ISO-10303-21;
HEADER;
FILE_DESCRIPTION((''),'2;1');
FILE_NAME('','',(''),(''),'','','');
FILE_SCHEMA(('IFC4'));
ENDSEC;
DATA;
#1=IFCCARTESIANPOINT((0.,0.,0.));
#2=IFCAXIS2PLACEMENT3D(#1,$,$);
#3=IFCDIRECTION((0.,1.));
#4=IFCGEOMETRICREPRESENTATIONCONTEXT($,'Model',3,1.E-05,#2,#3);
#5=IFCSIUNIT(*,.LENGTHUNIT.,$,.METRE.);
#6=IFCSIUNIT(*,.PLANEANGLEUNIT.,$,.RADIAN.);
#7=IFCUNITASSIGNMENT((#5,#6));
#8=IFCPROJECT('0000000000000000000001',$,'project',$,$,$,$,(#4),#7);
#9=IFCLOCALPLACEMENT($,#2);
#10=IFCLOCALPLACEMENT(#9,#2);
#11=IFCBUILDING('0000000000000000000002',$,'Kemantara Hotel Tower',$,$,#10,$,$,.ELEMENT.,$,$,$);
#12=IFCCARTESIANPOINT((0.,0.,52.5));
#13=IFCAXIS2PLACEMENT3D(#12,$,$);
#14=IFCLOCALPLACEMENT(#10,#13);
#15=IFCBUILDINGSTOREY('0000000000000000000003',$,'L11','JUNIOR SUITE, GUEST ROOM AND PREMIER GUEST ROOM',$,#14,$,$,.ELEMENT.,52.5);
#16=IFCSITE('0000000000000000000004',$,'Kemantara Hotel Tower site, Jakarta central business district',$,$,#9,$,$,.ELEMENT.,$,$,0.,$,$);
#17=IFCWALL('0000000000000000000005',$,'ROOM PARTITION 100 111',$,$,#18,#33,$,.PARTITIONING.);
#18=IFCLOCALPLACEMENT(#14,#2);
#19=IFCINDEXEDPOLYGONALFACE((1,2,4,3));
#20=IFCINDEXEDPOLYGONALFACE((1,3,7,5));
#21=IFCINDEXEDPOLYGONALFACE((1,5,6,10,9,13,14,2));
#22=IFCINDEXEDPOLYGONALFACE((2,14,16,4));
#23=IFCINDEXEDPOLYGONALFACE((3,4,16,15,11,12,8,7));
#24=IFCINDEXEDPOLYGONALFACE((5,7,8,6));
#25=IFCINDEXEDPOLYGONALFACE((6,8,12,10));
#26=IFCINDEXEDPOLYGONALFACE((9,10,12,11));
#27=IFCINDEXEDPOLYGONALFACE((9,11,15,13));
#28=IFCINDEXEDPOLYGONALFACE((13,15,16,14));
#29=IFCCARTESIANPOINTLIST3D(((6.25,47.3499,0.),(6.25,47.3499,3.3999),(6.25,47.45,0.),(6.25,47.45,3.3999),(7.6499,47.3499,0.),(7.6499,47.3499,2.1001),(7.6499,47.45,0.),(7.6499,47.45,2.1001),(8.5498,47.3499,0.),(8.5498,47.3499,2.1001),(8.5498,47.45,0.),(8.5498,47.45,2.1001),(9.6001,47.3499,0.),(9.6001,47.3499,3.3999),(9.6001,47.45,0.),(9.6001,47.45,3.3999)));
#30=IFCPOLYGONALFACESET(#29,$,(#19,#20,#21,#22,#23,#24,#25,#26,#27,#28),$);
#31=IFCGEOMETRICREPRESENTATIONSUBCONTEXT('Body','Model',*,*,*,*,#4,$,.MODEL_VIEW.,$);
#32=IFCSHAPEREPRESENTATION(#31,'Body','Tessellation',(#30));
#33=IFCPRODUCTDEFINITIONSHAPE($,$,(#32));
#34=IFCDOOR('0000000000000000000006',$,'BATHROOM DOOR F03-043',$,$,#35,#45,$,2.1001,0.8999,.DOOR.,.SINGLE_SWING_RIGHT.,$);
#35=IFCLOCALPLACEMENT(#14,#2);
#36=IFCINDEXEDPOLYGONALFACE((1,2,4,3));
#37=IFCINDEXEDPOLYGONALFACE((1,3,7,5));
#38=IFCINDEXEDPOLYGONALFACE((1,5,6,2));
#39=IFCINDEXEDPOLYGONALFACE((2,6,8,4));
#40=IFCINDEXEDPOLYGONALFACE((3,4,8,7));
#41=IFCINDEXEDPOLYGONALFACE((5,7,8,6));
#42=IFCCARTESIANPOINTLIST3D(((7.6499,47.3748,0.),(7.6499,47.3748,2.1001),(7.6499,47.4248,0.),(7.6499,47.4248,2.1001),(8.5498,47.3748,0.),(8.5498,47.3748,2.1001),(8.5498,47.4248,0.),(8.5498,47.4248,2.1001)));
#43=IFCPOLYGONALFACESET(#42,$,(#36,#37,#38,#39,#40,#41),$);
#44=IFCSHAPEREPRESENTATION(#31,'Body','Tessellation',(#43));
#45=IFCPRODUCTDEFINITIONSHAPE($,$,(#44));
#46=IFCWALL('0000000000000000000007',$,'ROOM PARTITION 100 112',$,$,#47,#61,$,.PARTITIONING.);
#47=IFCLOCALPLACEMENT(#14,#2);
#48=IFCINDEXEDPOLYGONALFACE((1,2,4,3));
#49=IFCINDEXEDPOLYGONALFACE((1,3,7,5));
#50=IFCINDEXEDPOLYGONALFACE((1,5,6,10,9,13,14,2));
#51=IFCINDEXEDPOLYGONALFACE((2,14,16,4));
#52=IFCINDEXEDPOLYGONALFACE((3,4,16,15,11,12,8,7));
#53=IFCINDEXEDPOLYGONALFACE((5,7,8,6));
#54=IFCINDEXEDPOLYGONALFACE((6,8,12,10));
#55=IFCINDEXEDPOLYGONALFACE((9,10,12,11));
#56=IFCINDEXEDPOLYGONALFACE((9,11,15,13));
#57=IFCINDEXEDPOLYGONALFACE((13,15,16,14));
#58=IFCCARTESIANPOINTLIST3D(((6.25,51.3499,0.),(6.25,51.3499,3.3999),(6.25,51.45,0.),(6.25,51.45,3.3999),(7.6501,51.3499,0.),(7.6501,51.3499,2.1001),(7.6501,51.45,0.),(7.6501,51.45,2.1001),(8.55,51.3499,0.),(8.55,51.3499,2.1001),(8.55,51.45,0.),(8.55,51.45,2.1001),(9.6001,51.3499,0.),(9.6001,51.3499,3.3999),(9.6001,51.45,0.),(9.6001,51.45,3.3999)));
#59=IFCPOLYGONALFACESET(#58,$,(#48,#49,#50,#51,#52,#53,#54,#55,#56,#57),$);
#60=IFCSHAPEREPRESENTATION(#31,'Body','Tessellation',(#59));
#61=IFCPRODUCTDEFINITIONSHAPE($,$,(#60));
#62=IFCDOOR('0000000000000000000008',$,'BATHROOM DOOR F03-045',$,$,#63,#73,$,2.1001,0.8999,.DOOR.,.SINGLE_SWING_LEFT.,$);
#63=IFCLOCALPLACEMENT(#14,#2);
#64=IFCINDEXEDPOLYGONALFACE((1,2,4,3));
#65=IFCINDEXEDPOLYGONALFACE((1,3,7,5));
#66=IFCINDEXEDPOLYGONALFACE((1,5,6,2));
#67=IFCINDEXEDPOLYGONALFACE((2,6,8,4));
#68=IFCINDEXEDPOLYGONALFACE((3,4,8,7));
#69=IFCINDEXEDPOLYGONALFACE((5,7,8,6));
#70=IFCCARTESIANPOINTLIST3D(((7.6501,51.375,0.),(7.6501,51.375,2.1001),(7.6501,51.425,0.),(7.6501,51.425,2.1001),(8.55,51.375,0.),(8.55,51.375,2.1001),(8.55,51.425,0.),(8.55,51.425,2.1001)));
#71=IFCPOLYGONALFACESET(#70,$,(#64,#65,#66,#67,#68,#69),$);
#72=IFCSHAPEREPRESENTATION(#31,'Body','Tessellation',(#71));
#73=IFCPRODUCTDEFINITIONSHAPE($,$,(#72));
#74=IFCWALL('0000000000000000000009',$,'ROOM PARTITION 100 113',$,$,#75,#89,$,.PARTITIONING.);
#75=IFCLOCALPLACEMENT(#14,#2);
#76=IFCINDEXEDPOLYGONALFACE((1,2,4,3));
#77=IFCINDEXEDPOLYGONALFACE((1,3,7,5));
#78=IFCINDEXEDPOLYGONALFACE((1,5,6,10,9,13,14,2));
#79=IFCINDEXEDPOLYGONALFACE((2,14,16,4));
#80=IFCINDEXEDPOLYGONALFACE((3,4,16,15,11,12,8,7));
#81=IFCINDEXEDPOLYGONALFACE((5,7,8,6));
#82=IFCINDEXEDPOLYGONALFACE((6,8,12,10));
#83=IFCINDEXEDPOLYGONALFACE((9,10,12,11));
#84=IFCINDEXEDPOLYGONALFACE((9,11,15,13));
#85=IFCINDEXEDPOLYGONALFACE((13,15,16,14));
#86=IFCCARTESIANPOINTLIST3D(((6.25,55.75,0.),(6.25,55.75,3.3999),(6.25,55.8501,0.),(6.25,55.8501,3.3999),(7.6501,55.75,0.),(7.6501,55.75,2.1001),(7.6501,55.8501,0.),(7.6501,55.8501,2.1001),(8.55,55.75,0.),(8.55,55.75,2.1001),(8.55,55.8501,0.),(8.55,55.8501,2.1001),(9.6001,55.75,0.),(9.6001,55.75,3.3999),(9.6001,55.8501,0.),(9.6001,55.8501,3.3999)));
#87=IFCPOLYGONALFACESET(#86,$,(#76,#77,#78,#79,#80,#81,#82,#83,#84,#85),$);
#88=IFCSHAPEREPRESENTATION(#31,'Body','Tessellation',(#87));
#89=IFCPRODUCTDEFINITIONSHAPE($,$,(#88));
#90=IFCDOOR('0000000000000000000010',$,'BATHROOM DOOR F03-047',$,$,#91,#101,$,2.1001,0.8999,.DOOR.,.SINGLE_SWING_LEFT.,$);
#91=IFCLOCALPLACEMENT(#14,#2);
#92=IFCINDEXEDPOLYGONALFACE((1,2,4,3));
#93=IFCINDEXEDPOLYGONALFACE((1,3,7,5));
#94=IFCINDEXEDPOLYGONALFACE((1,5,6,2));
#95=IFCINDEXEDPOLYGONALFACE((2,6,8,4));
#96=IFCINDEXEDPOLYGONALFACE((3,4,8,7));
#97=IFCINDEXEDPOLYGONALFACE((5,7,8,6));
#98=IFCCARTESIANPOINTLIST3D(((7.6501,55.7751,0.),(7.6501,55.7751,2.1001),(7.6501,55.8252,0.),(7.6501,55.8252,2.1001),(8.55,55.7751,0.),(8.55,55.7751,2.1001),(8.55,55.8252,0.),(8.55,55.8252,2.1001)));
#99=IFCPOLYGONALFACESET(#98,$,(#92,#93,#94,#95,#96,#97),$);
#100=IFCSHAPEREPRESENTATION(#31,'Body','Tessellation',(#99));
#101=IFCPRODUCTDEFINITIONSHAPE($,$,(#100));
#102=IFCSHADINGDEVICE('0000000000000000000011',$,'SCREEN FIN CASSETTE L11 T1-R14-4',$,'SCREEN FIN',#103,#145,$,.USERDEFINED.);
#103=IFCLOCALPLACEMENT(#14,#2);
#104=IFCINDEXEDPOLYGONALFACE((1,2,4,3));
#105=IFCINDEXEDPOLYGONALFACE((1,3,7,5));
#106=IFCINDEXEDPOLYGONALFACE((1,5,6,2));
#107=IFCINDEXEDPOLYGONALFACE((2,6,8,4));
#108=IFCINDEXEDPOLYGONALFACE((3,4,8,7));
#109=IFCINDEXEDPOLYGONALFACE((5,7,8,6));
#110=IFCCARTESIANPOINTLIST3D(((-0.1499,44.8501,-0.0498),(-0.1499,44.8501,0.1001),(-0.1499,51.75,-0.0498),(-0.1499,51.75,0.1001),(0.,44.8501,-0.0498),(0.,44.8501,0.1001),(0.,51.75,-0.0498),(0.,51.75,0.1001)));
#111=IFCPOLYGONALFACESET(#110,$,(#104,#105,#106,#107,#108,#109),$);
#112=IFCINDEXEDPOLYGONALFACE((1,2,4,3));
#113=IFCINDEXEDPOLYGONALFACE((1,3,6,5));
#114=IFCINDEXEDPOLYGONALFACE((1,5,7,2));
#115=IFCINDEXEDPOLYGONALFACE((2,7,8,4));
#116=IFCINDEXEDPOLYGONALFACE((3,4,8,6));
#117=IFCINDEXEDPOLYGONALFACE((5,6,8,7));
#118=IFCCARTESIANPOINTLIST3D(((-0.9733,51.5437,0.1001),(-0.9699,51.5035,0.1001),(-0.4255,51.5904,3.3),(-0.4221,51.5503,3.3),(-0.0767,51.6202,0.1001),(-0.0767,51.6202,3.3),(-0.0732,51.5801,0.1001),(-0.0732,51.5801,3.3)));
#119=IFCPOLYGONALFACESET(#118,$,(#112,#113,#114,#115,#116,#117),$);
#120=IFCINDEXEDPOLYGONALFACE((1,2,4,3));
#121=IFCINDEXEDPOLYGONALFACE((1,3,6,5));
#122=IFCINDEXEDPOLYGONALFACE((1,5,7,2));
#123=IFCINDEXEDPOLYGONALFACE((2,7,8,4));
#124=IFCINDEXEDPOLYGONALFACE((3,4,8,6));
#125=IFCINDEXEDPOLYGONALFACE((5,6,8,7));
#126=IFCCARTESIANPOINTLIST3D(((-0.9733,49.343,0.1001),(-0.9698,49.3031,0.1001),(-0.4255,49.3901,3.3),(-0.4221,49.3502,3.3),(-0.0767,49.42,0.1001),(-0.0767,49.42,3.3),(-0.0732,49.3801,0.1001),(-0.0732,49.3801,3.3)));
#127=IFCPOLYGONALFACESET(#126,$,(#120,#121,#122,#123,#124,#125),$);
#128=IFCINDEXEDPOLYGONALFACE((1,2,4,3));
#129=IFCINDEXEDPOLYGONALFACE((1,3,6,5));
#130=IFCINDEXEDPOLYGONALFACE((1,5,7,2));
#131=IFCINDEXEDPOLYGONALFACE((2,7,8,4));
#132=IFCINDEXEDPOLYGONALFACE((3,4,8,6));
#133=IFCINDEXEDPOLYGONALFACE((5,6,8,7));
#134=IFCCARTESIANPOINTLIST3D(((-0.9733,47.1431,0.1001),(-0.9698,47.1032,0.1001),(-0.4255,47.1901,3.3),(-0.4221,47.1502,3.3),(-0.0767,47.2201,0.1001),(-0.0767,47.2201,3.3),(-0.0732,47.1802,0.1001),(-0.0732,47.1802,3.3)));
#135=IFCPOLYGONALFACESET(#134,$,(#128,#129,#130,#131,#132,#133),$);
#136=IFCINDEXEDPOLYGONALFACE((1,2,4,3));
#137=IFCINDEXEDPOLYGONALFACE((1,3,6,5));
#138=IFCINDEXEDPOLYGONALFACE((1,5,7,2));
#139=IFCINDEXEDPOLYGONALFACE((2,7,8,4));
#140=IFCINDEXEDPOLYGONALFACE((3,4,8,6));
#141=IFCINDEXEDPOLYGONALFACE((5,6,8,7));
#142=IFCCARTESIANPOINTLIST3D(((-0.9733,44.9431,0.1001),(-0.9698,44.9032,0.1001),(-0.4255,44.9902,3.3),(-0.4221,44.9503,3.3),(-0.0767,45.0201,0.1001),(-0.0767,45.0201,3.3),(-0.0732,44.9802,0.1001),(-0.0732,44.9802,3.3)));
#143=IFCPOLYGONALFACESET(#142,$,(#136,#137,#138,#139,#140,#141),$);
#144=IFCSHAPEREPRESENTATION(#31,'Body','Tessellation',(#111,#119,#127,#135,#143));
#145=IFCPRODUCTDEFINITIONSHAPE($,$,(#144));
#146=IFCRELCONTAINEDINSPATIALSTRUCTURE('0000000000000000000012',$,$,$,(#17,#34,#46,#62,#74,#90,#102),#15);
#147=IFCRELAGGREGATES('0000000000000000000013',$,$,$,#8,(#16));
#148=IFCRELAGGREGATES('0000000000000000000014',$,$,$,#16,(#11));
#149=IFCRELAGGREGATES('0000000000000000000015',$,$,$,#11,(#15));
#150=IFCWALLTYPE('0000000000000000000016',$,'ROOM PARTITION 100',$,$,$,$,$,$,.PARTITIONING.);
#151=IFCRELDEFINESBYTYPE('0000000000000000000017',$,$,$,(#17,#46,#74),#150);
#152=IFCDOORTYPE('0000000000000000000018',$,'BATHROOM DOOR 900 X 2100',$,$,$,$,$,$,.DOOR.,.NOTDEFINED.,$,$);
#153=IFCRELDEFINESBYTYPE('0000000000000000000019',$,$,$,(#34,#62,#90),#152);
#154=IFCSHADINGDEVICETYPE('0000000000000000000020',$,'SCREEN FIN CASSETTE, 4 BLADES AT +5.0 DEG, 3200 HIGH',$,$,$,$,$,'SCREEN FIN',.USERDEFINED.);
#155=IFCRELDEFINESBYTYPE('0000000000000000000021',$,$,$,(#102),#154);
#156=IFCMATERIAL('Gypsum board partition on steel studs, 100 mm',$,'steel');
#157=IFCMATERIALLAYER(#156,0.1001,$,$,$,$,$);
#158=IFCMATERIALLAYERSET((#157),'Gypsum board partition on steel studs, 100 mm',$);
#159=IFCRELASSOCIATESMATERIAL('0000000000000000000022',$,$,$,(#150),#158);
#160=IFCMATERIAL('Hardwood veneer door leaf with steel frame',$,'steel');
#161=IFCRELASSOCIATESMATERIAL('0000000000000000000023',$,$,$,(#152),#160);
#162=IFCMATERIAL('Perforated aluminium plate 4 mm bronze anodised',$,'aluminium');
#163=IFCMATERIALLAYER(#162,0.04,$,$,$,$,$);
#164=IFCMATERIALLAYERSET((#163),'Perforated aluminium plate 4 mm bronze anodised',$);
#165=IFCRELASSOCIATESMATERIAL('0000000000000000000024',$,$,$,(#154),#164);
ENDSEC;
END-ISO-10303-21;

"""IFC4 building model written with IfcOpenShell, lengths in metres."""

from ifc_helpers import new_model, si_unit, direction, frame, frame_2d, origin, origin_2d, place, context, subcontext, project, spatial, polyline, rectangle, outline, extrude, source, transform, mapped, material, layer, layer_set, type_object, element, fill, save


model = new_model("IFC4")

# Units and contexts
model_context = context("Model", 3, precision=1e-05, world=origin(), true_north=direction((0.0, 1.0)))
body_context = subcontext(model_context, "Body", "Model", "MODEL_VIEW")
ifc_project = project(units=[si_unit("LENGTHUNIT", "METRE"), si_unit("PLANEANGLEUNIT", "RADIAN")], contexts=[model_context])

# Site, building, storey
site_placement = place(None, origin())
site = spatial("IfcSite", under=ifc_project, at=site_placement, Name="Kemantara Hotel Tower site, Jakarta central business district", CompositionType="ELEMENT", RefElevation=0.0)
building_placement = place(site_placement, origin())
building = spatial("IfcBuilding", under=site, at=building_placement, Name="Kemantara Hotel Tower", CompositionType="ELEMENT")
storey_placement = place(building_placement, frame((0.0, 0.0, 52.5)))
storey = spatial("IfcBuildingStorey", under=building, at=storey_placement, Name="L11", Description="JUNIOR SUITE, GUEST ROOM AND PREMIER GUEST ROOM", CompositionType="ELEMENT", Elevation=52.5)

# Shared definitions
ifc_material_1 = material(Name="Hardwood veneer door leaf with steel frame", Category="steel")

# Shared definitions
ifc_material_2 = material(Name="Gypsum board partition on steel studs, 100 mm", Category="steel")
ifc_layer_1 = layer(ifc_material_2, 0.1001)
ifc_layer_set_1 = layer_set([ifc_layer_1], Name="Gypsum board partition on steel studs, 100 mm")
wall_type_1 = type_object("IfcWallType", Name="ROOM PARTITION 100", PredefinedType="PARTITIONING", material=ifc_layer_set_1)

# Walls, openings, doors
wall_1_placement = place(storey_placement, frame((6.25, 47.3999, 0.0), z_axis=(0.0, 0.0, 1.0), x_axis=(1.0, 0.0, 0.0)))
wall_1 = element("IfcWall", 1, at=wall_1_placement, inside=storey, type_object=wall_type_1, Name="ROOM PARTITION 100 111", PredefinedType="PARTITIONING", context=body_context, shape_type="SweptSolid", body=[
    extrude(rectangle(XDim=3.3501, YDim=0.1001, at=frame_2d((1.675, 0.0))), origin(), (0.0, 0.0, 1.0), 3.3999),
])
opening_1_placement = place(wall_1_placement, frame((1.3999, 0.0, 0.0)))
opening_1 = element("IfcOpeningElement", 2, at=opening_1_placement, cuts=wall_1, PredefinedType="OPENING", context=body_context, shape_type="SweptSolid", body=[
    extrude(rectangle(XDim=0.8999, YDim=2.1001, at=frame_2d((0.45, 1.05))), frame((0.0, 0.0601, 0.0), z_axis=(0.0, -1.0, 0.0), x_axis=(1.0, 0.0, 0.0)), (0.0, 0.0, 1.0), 0.1201),
])
door_type_1 = type_object("IfcDoorType", Name="BATHROOM DOOR 900 X 2100", OperationType="NOTDEFINED", PredefinedType="DOOR", material=ifc_material_1)
door_1_placement = place(opening_1_placement, origin())
door_1 = element("IfcDoor", 3, at=door_1_placement, inside=storey, type_object=door_type_1, Name="BATHROOM DOOR F03-043", OperationType="SINGLE_SWING_RIGHT", OverallHeight=2.1001, OverallWidth=0.8999, PredefinedType="DOOR", context=body_context, shape_type="SweptSolid", body=[
    extrude(rectangle(XDim=0.8999, YDim=2.1001, at=frame_2d((0.45, 1.05))), frame((0.0, 0.0249, 0.0), z_axis=(0.0, -1.0, 0.0), x_axis=(1.0, 0.0, 0.0)), (0.0, 0.0, 1.0), 0.05),
])
fill(opening_1, door_1)
wall_2_placement = place(storey_placement, frame((9.6001, 51.3999, 0.0), z_axis=(0.0, 0.0, 1.0), x_axis=(-1.0, 0.0, 0.0)))
wall_2 = element("IfcWall", 4, at=wall_2_placement, inside=storey, type_object=wall_type_1, Name="ROOM PARTITION 100 112", PredefinedType="PARTITIONING", context=body_context, shape_type="SweptSolid", body=[
    extrude(rectangle(XDim=3.3501, YDim=0.1001, at=frame_2d((1.675, 0.0))), origin(), (0.0, 0.0, 1.0), 3.3999),
])
opening_2_placement = place(wall_2_placement, frame((1.05, 0.0, 0.0)))
opening_2 = element("IfcOpeningElement", 5, at=opening_2_placement, cuts=wall_2, PredefinedType="OPENING", context=body_context, shape_type="SweptSolid", body=[
    extrude(rectangle(XDim=0.8999, YDim=2.1001, at=frame_2d((0.45, 1.05))), frame((0.0, 0.0601, 0.0), z_axis=(0.0, -1.0, 0.0), x_axis=(1.0, 0.0, 0.0)), (0.0, 0.0, 1.0), 0.1201),
])
door_2_placement = place(opening_2_placement, origin())
door_2 = element("IfcDoor", 6, at=door_2_placement, inside=storey, type_object=door_type_1, Name="BATHROOM DOOR F03-045", OperationType="SINGLE_SWING_LEFT", OverallHeight=2.1001, OverallWidth=0.8999, PredefinedType="DOOR", context=body_context, shape_type="SweptSolid", body=[
    extrude(rectangle(XDim=0.8999, YDim=2.1001, at=frame_2d((0.45, 1.05))), frame((0.0, 0.0249, 0.0), z_axis=(0.0, -1.0, 0.0), x_axis=(1.0, 0.0, 0.0)), (0.0, 0.0, 1.0), 0.05),
])
fill(opening_2, door_2)
wall_3_placement = place(storey_placement, frame((9.6001, 55.8, 0.0), z_axis=(0.0, 0.0, 1.0), x_axis=(-1.0, 0.0, 0.0)))
wall_3 = element("IfcWall", 7, at=wall_3_placement, inside=storey, type_object=wall_type_1, Name="ROOM PARTITION 100 113", PredefinedType="PARTITIONING", context=body_context, shape_type="SweptSolid", body=[
    extrude(rectangle(XDim=3.3501, YDim=0.1001, at=frame_2d((1.675, 0.0))), origin(), (0.0, 0.0, 1.0), 3.3999),
])
opening_3_placement = place(wall_3_placement, frame((1.05, 0.0, 0.0)))
opening_3 = element("IfcOpeningElement", 8, at=opening_3_placement, cuts=wall_3, PredefinedType="OPENING", context=body_context, shape_type="SweptSolid", body=[
    extrude(rectangle(XDim=0.8999, YDim=2.1001, at=frame_2d((0.45, 1.05))), frame((0.0, 0.0601, 0.0), z_axis=(0.0, -1.0, 0.0), x_axis=(1.0, 0.0, 0.0)), (0.0, 0.0, 1.0), 0.1201),
])
door_3_placement = place(opening_3_placement, origin())
door_3 = element("IfcDoor", 9, at=door_3_placement, inside=storey, type_object=door_type_1, Name="BATHROOM DOOR F03-047", OperationType="SINGLE_SWING_LEFT", OverallHeight=2.1001, OverallWidth=0.8999, PredefinedType="DOOR", context=body_context, shape_type="SweptSolid", body=[
    extrude(rectangle(XDim=0.8999, YDim=2.1001, at=frame_2d((0.45, 1.05))), frame((0.0, 0.0249, 0.0), z_axis=(0.0, -1.0, 0.0), x_axis=(1.0, 0.0, 0.0)), (0.0, 0.0, 1.0), 0.05),
])
fill(opening_3, door_3)

# Shading device
ifc_material_3 = material(Name="Perforated aluminium plate 4 mm bronze anodised", Category="aluminium")
ifc_layer_2 = layer(ifc_material_3, 0.04)
ifc_layer_set_2 = layer_set([ifc_layer_2], Name="Perforated aluminium plate 4 mm bronze anodised")
shading_device_type = type_object("IfcShadingDeviceType", Name="SCREEN FIN CASSETTE, 4 BLADES AT +5.0 DEG, 3200 HIGH", ElementType="SCREEN FIN", PredefinedType="USERDEFINED", material=ifc_layer_set_2)
shared_shape = source(origin(), body_context, "Body", "SweptSolid", [
    extrude(rectangle(XDim=6.8999, YDim=0.1499, at=origin_2d()), frame((3.3, -0.075, -0.1499), z_axis=(0.0, 0.0, 1.0), x_axis=(1.0, 0.0, 0.0)), (0.0, 0.0, 1.0), 0.1499),
    extrude(outline(polyline([(0.0, 0.0), (0.8999, 0.0), (0.3501, 3.2), (0.0, 3.2), (0.0, 0.0)])), frame((0.02, -0.0732, 0.0), z_axis=(-0.996376, -0.085056, 0.0), x_axis=(0.085056, -0.996376, 0.0)), (0.0, 0.0, 1.0), 0.0403),
    extrude(outline(polyline([(0.0, 0.0), (0.8999, 0.0), (0.3501, 3.2), (0.0, 3.2), (0.0, 0.0)])), frame((2.22, -0.0732, 0.0), z_axis=(-0.996332, -0.085575, 0.0), x_axis=(0.085575, -0.996332, 0.0)), (0.0, 0.0, 1.0), 0.04),
    extrude(outline(polyline([(0.0, 0.0), (0.8999, 0.0), (0.3501, 3.2), (0.0, 3.2), (0.0, 0.0)])), frame((4.4199, -0.0732, 0.0), z_axis=(-0.996332, -0.085575, 0.0), x_axis=(0.085575, -0.996332, 0.0)), (0.0, 0.0, 1.0), 0.04),
    extrude(outline(polyline([(0.0, 0.0), (0.8999, 0.0), (0.3501, 3.2), (0.0, 3.2), (0.0, 0.0)])), frame((6.6199, -0.0732, 0.0), z_axis=(-0.996332, -0.085575, 0.0), x_axis=(0.085575, -0.996332, 0.0)), (0.0, 0.0, 1.0), 0.04),
])
shading_device_placement = place(storey_placement, frame((0.0, 51.6001, 0.1001), z_axis=(0.0, 0.0, 1.0), x_axis=(0.0, -1.0, 0.0)))
element("IfcShadingDevice", 10, at=shading_device_placement, inside=storey, type_object=shading_device_type, Name="SCREEN FIN CASSETTE L11 T1-R14-4", ObjectType="SCREEN FIN", PredefinedType="USERDEFINED", context=body_context, shape_type="MappedRepresentation", body=[
    mapped(shared_shape, transform((0.0, 0.0, 0.0))),
])

save(model, "model.ifc")
